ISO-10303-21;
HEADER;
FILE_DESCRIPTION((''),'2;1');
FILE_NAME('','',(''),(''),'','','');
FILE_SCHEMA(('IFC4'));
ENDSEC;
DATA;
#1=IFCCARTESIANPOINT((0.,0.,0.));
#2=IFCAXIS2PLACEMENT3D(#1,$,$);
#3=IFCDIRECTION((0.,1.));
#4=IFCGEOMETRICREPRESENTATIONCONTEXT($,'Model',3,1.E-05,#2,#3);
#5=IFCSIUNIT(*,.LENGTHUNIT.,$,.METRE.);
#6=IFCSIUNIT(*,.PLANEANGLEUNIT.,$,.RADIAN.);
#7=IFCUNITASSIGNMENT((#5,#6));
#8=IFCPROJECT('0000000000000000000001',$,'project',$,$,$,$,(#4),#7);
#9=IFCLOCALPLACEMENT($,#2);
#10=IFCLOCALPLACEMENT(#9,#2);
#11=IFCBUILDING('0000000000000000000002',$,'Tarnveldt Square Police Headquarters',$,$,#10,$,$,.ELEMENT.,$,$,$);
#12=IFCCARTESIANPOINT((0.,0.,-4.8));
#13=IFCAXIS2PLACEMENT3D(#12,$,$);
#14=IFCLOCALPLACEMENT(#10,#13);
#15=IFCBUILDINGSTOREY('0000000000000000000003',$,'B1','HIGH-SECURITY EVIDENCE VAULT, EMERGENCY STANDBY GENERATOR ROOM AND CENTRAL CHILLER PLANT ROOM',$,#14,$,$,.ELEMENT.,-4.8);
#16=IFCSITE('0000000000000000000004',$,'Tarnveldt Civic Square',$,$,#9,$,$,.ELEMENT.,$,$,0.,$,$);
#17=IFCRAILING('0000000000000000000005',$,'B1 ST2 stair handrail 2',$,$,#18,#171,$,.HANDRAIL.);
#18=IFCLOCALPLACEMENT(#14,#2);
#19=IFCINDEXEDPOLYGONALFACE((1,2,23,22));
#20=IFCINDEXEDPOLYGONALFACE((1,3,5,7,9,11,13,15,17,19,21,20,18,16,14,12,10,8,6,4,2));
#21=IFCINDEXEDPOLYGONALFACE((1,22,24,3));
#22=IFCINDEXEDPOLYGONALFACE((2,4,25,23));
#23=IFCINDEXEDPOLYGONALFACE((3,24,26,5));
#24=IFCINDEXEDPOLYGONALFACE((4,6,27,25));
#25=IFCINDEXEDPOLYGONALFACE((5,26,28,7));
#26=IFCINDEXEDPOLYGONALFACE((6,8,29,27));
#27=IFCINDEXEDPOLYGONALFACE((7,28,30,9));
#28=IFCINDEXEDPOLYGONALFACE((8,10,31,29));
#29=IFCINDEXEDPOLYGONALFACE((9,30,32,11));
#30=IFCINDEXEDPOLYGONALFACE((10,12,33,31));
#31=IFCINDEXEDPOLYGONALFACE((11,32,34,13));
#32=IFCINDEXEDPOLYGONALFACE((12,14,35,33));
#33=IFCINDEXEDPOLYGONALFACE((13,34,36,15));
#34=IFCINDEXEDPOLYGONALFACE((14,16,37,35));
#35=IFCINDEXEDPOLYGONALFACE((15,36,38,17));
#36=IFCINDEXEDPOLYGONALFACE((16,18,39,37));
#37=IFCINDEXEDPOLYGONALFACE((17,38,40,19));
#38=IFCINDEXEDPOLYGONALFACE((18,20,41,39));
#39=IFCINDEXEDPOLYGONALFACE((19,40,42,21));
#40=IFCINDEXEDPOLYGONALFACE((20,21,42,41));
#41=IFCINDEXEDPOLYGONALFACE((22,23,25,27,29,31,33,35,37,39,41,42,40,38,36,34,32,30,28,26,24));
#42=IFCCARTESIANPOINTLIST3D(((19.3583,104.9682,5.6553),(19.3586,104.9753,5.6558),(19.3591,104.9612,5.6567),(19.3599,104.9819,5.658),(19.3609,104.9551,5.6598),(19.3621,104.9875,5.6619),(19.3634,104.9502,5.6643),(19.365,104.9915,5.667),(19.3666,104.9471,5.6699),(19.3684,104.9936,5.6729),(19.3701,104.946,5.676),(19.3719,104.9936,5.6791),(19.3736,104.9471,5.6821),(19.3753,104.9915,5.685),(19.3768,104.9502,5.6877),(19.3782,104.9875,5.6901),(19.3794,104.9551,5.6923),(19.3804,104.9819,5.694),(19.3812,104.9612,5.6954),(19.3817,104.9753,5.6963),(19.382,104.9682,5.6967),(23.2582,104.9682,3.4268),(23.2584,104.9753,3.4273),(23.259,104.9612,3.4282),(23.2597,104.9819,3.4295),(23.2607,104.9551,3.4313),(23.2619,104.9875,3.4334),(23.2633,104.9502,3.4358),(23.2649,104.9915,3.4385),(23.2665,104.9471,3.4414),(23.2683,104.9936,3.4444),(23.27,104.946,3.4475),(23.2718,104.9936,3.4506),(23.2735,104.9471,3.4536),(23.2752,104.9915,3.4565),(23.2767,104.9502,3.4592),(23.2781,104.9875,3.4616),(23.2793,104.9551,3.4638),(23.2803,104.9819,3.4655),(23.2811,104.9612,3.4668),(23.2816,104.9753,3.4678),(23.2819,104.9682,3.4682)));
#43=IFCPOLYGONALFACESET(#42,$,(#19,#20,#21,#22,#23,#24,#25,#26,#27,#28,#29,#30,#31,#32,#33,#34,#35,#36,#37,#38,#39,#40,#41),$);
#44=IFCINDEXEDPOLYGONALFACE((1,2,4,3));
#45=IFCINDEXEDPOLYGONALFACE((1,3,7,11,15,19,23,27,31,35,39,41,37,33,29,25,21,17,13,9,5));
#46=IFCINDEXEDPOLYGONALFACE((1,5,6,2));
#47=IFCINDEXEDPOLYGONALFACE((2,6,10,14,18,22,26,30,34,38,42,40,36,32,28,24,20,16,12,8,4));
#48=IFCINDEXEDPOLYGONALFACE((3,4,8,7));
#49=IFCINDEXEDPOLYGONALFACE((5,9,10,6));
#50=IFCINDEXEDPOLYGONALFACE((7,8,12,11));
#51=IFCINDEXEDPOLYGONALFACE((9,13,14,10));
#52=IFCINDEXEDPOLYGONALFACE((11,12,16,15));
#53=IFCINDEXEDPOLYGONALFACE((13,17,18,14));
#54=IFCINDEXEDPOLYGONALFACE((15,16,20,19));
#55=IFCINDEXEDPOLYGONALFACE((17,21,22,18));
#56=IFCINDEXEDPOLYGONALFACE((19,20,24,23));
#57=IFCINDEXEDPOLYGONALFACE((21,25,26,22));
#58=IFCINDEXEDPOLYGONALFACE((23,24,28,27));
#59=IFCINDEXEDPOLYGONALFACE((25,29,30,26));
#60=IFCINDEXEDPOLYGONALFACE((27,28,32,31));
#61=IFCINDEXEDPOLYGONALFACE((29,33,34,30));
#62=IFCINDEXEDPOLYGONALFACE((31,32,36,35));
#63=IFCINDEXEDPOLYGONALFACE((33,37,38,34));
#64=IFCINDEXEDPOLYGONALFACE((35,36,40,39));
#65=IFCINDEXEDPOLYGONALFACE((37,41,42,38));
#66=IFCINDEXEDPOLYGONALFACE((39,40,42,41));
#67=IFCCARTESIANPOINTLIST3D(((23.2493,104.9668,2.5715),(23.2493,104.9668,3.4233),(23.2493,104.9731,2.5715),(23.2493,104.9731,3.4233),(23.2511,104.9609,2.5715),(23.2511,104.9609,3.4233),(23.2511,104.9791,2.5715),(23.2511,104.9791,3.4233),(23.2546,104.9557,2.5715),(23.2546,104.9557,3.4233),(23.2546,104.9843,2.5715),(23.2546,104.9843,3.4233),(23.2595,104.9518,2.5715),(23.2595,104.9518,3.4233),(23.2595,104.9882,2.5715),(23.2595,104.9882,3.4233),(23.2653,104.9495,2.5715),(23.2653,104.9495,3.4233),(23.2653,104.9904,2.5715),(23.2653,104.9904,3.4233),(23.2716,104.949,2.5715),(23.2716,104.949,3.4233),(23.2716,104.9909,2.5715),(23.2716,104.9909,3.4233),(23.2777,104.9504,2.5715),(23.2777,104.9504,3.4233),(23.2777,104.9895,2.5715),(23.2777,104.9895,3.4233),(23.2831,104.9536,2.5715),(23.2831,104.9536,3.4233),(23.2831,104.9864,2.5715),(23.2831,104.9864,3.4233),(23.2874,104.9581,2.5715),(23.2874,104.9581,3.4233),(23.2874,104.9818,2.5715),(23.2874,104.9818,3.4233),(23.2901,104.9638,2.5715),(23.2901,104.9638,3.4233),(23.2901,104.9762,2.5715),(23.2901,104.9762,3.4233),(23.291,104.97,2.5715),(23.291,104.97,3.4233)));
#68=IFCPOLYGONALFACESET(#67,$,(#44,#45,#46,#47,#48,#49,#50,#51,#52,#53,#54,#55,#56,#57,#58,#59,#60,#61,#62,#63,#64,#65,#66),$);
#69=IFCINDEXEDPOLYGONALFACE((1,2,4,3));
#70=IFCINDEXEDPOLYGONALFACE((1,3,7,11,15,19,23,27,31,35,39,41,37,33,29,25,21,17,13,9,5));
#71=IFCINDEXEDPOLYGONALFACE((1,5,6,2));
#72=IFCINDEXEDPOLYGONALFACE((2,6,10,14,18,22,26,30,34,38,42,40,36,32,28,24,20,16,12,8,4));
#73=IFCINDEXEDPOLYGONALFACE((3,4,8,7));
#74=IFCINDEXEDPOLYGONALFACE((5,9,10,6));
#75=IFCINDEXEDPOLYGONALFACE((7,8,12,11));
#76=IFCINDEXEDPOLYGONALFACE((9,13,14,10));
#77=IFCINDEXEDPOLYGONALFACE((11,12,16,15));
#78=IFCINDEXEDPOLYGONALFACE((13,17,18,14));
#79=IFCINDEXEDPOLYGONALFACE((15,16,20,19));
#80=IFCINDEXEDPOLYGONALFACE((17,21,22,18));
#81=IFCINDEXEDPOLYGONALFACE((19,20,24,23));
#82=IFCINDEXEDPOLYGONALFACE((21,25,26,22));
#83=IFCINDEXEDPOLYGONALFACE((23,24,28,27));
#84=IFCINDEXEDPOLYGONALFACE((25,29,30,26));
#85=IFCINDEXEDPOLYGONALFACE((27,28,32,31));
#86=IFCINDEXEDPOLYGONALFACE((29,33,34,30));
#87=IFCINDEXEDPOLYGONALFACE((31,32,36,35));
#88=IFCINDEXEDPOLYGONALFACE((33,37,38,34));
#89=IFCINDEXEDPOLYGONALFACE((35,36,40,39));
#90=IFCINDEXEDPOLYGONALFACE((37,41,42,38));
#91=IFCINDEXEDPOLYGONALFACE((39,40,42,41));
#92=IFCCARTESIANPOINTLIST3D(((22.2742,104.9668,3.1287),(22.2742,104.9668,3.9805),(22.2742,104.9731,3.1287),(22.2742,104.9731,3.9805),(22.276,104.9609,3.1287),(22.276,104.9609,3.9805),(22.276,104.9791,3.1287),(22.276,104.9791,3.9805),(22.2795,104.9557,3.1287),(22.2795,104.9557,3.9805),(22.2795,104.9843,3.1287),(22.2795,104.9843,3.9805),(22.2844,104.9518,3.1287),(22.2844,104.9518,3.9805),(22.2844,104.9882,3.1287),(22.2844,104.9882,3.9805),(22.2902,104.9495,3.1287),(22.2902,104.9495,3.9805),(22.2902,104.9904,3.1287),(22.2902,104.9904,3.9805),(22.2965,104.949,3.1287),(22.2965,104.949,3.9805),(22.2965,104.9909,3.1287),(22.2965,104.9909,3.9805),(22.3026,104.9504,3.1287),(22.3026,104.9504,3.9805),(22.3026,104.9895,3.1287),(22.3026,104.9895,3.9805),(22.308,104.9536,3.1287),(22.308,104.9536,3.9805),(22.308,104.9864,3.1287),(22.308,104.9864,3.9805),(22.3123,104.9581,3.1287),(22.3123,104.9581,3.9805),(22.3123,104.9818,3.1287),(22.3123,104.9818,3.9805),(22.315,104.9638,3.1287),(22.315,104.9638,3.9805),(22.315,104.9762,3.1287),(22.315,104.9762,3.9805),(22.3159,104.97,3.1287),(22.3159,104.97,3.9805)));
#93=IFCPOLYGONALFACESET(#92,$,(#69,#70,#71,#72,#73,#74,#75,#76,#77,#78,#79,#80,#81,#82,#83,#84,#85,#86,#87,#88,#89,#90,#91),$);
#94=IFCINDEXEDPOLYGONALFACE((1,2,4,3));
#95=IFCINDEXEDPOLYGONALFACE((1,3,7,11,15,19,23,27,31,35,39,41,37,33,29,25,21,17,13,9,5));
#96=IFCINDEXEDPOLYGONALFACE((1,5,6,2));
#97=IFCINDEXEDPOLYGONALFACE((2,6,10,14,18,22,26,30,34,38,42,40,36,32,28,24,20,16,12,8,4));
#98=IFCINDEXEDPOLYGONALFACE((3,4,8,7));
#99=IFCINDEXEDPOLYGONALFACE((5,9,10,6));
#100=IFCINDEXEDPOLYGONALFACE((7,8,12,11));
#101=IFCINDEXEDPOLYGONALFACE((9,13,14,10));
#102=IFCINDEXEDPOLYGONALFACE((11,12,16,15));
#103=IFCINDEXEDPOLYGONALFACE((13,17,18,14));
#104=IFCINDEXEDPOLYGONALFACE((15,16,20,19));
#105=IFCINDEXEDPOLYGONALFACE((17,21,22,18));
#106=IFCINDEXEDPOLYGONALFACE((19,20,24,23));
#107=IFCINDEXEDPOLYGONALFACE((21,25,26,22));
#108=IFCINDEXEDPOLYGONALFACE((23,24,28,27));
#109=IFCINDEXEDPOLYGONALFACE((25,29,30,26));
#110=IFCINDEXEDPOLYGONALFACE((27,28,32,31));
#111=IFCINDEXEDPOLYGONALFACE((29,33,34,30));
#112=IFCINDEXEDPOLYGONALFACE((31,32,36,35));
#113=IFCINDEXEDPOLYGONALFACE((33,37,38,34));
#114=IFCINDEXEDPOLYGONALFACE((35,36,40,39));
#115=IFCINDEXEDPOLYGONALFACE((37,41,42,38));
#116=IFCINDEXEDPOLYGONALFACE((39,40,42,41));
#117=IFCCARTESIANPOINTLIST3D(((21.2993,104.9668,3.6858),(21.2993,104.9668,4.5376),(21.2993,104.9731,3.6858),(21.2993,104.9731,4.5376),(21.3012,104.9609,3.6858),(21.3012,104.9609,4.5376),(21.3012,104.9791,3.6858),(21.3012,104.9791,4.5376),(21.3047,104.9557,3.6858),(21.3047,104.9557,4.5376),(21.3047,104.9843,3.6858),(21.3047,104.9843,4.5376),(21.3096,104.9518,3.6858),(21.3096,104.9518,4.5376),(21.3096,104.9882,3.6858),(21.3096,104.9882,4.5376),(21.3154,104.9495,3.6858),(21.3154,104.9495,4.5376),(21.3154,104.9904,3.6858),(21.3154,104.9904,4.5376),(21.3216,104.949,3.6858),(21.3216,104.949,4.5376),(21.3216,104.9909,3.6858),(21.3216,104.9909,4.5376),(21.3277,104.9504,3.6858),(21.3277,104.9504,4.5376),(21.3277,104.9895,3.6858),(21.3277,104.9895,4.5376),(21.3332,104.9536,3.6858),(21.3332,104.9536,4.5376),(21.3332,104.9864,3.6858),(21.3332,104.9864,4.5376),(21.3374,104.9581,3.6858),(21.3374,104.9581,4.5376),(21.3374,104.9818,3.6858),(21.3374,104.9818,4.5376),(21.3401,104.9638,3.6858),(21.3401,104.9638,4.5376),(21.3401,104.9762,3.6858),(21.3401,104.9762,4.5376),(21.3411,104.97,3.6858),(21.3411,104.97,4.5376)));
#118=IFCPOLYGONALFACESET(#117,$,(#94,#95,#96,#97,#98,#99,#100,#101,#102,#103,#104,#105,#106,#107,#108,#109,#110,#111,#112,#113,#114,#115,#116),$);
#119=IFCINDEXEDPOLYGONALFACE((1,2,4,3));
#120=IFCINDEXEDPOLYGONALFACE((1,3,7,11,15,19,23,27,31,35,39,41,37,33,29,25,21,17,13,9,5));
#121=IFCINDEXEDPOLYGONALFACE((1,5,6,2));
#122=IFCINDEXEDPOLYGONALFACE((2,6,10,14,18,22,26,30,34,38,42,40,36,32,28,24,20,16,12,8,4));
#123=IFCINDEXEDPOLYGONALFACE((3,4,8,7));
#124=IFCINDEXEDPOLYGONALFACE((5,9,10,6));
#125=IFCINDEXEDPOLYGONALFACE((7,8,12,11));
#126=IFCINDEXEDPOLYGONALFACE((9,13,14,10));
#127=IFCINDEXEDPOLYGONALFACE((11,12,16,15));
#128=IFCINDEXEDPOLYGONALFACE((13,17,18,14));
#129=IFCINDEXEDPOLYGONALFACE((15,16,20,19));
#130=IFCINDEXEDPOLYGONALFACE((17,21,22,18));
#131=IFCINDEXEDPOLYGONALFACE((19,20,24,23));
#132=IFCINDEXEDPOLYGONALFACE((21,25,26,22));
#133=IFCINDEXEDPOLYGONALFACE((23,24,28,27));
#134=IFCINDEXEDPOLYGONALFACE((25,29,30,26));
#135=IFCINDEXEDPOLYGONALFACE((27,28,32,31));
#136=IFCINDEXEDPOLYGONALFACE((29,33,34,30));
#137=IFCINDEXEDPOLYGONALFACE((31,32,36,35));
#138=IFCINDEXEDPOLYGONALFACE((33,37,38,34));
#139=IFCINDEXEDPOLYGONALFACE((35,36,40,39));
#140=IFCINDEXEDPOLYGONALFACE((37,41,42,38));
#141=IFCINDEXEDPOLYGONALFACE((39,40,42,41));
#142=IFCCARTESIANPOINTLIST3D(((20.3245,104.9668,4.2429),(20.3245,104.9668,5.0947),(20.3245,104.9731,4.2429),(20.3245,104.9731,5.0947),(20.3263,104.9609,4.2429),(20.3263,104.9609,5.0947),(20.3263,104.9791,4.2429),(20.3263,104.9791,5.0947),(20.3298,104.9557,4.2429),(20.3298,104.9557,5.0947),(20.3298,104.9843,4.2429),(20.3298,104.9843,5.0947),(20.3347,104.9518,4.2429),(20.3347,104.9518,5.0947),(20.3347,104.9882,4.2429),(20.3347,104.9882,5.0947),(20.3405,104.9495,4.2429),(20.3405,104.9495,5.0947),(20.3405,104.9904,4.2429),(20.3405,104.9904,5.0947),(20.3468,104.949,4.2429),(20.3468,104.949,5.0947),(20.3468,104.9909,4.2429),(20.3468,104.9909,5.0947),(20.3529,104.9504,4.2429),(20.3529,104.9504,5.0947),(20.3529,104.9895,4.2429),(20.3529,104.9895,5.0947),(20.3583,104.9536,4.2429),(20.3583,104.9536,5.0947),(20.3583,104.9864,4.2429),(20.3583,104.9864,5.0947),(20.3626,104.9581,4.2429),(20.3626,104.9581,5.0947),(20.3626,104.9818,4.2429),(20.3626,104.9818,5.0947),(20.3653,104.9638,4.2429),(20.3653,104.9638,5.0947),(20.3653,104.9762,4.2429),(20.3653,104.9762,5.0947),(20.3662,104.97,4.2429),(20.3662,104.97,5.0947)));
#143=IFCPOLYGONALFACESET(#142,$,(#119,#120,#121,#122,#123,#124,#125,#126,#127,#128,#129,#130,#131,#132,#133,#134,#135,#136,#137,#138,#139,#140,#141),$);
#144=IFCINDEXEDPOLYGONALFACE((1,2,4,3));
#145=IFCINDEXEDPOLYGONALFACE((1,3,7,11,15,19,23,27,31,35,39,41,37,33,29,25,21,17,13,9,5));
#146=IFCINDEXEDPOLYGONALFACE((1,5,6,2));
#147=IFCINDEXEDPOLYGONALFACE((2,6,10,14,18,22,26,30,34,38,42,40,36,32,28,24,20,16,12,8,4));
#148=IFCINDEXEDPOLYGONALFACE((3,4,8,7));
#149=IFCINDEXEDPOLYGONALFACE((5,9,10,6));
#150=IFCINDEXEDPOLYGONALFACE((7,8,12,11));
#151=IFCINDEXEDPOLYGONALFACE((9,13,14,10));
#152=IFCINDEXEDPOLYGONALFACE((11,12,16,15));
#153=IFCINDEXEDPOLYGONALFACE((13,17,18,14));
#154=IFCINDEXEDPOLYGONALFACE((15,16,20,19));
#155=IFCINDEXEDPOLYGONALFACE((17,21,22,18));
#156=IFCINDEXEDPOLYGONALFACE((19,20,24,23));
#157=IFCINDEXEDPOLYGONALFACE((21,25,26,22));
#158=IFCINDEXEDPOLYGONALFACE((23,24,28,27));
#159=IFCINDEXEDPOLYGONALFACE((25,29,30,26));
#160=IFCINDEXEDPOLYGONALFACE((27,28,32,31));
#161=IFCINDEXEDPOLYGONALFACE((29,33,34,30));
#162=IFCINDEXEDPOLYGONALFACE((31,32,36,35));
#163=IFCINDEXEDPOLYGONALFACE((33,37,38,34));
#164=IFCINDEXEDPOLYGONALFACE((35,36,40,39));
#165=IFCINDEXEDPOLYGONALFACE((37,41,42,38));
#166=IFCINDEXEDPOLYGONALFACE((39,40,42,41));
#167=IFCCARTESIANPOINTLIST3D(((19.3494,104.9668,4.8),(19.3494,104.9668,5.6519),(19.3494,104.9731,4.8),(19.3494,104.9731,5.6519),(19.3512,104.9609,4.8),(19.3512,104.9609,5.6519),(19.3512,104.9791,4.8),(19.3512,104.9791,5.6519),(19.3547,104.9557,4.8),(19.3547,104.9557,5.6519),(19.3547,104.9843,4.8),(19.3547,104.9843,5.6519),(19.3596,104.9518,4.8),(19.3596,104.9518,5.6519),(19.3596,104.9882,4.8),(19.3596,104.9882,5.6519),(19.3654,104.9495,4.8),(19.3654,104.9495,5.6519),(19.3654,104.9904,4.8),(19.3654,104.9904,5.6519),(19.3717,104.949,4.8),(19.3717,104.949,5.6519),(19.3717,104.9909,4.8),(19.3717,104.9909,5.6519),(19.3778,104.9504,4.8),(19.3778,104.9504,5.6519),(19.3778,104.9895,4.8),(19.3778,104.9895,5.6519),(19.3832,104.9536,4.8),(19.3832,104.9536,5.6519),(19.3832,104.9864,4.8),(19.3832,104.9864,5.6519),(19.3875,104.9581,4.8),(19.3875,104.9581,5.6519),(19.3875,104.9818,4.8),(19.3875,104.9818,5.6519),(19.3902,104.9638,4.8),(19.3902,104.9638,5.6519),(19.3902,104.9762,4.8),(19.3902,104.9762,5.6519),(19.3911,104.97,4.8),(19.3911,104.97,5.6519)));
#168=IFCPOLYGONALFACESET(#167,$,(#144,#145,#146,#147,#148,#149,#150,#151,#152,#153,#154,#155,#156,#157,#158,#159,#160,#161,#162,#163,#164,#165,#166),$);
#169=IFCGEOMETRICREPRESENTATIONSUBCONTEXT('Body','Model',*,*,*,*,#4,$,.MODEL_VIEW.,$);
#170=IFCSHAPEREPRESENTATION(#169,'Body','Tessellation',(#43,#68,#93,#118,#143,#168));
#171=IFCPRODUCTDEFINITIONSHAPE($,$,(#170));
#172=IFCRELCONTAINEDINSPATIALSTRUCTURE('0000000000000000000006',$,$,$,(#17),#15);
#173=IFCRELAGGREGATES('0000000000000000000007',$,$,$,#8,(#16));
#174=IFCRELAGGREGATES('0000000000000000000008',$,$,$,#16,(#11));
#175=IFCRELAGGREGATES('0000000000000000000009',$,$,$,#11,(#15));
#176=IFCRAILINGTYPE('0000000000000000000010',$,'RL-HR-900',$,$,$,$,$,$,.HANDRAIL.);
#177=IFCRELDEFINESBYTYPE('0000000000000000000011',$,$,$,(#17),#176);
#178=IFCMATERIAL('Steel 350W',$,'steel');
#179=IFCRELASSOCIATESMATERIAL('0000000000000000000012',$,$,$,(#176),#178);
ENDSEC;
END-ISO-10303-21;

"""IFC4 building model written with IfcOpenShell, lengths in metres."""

from ifc_helpers import new_model, si_unit, direction, frame, origin, origin_2d, place, context, subcontext, project, spatial, circle, extrude, material, type_object, element, save


model = new_model("IFC4")

# Units and contexts
model_context = context("Model", 3, precision=1e-05, world=origin(), true_north=direction((0.0, 1.0)))
body_context = subcontext(model_context, "Body", "Model", "MODEL_VIEW")
ifc_project = project(units=[si_unit("LENGTHUNIT", "METRE"), si_unit("PLANEANGLEUNIT", "RADIAN")], contexts=[model_context])

# Site, building, storey
site_placement = place(None, origin())
site = spatial("IfcSite", under=ifc_project, at=site_placement, Name="Tarnveldt Civic Square", CompositionType="ELEMENT", RefElevation=0.0)
building_placement = place(site_placement, origin())
building = spatial("IfcBuilding", under=site, at=building_placement, Name="Tarnveldt Square Police Headquarters", CompositionType="ELEMENT")
storey_placement = place(building_placement, frame((0.0, 0.0, -4.8)))
storey = spatial("IfcBuildingStorey", under=building, at=storey_placement, Name="B1", Description="HIGH-SECURITY EVIDENCE VAULT, EMERGENCY STANDBY GENERATOR ROOM AND CENTRAL CHILLER PLANT ROOM", CompositionType="ELEMENT", Elevation=-4.8)

# Railing
ifc_material_1 = material(Name="Steel 350W", Category="steel")
railing_type_1 = type_object("IfcRailingType", Name="RL-HR-900", PredefinedType="HANDRAIL", material=ifc_material_1)
railing_1_placement = place(storey_placement, frame((23.27, 104.97, 2.5715)))
element("IfcRailing", 1, at=railing_1_placement, inside=storey, type_object=railing_type_1, Name="B1 ST2 stair handrail 2", PredefinedType="HANDRAIL", context=body_context, shape_type="SweptSolid", body=[
    extrude(circle(Radius=0.0239, at=origin_2d()), frame((0.0, 0.0, 0.876), z_axis=(-0.868243, 0.0, 0.496139), x_axis=(0.0, -1.0, 0.0)), (0.0, 0.0, 1.0), 4.4917),
    extrude(circle(Radius=0.021, at=origin_2d()), origin(), (0.0, 0.0, 1.0), 0.8518),
    extrude(circle(Radius=0.021, at=origin_2d()), frame((-0.9751, 0.0, 0.5571)), (0.0, 0.0, 1.0), 0.8518),
    extrude(circle(Radius=0.021, at=origin_2d()), frame((-1.95, 0.0, 1.1143)), (0.0, 0.0, 1.0), 0.8518),
    extrude(circle(Radius=0.021, at=origin_2d()), frame((-2.9248, 0.0, 1.6714)), (0.0, 0.0, 1.0), 0.8518),
    extrude(circle(Radius=0.021, at=origin_2d()), frame((-3.8999, 0.0, 2.2285)), (0.0, 0.0, 1.0), 0.8518),
])

save(model, "model.ifc")
